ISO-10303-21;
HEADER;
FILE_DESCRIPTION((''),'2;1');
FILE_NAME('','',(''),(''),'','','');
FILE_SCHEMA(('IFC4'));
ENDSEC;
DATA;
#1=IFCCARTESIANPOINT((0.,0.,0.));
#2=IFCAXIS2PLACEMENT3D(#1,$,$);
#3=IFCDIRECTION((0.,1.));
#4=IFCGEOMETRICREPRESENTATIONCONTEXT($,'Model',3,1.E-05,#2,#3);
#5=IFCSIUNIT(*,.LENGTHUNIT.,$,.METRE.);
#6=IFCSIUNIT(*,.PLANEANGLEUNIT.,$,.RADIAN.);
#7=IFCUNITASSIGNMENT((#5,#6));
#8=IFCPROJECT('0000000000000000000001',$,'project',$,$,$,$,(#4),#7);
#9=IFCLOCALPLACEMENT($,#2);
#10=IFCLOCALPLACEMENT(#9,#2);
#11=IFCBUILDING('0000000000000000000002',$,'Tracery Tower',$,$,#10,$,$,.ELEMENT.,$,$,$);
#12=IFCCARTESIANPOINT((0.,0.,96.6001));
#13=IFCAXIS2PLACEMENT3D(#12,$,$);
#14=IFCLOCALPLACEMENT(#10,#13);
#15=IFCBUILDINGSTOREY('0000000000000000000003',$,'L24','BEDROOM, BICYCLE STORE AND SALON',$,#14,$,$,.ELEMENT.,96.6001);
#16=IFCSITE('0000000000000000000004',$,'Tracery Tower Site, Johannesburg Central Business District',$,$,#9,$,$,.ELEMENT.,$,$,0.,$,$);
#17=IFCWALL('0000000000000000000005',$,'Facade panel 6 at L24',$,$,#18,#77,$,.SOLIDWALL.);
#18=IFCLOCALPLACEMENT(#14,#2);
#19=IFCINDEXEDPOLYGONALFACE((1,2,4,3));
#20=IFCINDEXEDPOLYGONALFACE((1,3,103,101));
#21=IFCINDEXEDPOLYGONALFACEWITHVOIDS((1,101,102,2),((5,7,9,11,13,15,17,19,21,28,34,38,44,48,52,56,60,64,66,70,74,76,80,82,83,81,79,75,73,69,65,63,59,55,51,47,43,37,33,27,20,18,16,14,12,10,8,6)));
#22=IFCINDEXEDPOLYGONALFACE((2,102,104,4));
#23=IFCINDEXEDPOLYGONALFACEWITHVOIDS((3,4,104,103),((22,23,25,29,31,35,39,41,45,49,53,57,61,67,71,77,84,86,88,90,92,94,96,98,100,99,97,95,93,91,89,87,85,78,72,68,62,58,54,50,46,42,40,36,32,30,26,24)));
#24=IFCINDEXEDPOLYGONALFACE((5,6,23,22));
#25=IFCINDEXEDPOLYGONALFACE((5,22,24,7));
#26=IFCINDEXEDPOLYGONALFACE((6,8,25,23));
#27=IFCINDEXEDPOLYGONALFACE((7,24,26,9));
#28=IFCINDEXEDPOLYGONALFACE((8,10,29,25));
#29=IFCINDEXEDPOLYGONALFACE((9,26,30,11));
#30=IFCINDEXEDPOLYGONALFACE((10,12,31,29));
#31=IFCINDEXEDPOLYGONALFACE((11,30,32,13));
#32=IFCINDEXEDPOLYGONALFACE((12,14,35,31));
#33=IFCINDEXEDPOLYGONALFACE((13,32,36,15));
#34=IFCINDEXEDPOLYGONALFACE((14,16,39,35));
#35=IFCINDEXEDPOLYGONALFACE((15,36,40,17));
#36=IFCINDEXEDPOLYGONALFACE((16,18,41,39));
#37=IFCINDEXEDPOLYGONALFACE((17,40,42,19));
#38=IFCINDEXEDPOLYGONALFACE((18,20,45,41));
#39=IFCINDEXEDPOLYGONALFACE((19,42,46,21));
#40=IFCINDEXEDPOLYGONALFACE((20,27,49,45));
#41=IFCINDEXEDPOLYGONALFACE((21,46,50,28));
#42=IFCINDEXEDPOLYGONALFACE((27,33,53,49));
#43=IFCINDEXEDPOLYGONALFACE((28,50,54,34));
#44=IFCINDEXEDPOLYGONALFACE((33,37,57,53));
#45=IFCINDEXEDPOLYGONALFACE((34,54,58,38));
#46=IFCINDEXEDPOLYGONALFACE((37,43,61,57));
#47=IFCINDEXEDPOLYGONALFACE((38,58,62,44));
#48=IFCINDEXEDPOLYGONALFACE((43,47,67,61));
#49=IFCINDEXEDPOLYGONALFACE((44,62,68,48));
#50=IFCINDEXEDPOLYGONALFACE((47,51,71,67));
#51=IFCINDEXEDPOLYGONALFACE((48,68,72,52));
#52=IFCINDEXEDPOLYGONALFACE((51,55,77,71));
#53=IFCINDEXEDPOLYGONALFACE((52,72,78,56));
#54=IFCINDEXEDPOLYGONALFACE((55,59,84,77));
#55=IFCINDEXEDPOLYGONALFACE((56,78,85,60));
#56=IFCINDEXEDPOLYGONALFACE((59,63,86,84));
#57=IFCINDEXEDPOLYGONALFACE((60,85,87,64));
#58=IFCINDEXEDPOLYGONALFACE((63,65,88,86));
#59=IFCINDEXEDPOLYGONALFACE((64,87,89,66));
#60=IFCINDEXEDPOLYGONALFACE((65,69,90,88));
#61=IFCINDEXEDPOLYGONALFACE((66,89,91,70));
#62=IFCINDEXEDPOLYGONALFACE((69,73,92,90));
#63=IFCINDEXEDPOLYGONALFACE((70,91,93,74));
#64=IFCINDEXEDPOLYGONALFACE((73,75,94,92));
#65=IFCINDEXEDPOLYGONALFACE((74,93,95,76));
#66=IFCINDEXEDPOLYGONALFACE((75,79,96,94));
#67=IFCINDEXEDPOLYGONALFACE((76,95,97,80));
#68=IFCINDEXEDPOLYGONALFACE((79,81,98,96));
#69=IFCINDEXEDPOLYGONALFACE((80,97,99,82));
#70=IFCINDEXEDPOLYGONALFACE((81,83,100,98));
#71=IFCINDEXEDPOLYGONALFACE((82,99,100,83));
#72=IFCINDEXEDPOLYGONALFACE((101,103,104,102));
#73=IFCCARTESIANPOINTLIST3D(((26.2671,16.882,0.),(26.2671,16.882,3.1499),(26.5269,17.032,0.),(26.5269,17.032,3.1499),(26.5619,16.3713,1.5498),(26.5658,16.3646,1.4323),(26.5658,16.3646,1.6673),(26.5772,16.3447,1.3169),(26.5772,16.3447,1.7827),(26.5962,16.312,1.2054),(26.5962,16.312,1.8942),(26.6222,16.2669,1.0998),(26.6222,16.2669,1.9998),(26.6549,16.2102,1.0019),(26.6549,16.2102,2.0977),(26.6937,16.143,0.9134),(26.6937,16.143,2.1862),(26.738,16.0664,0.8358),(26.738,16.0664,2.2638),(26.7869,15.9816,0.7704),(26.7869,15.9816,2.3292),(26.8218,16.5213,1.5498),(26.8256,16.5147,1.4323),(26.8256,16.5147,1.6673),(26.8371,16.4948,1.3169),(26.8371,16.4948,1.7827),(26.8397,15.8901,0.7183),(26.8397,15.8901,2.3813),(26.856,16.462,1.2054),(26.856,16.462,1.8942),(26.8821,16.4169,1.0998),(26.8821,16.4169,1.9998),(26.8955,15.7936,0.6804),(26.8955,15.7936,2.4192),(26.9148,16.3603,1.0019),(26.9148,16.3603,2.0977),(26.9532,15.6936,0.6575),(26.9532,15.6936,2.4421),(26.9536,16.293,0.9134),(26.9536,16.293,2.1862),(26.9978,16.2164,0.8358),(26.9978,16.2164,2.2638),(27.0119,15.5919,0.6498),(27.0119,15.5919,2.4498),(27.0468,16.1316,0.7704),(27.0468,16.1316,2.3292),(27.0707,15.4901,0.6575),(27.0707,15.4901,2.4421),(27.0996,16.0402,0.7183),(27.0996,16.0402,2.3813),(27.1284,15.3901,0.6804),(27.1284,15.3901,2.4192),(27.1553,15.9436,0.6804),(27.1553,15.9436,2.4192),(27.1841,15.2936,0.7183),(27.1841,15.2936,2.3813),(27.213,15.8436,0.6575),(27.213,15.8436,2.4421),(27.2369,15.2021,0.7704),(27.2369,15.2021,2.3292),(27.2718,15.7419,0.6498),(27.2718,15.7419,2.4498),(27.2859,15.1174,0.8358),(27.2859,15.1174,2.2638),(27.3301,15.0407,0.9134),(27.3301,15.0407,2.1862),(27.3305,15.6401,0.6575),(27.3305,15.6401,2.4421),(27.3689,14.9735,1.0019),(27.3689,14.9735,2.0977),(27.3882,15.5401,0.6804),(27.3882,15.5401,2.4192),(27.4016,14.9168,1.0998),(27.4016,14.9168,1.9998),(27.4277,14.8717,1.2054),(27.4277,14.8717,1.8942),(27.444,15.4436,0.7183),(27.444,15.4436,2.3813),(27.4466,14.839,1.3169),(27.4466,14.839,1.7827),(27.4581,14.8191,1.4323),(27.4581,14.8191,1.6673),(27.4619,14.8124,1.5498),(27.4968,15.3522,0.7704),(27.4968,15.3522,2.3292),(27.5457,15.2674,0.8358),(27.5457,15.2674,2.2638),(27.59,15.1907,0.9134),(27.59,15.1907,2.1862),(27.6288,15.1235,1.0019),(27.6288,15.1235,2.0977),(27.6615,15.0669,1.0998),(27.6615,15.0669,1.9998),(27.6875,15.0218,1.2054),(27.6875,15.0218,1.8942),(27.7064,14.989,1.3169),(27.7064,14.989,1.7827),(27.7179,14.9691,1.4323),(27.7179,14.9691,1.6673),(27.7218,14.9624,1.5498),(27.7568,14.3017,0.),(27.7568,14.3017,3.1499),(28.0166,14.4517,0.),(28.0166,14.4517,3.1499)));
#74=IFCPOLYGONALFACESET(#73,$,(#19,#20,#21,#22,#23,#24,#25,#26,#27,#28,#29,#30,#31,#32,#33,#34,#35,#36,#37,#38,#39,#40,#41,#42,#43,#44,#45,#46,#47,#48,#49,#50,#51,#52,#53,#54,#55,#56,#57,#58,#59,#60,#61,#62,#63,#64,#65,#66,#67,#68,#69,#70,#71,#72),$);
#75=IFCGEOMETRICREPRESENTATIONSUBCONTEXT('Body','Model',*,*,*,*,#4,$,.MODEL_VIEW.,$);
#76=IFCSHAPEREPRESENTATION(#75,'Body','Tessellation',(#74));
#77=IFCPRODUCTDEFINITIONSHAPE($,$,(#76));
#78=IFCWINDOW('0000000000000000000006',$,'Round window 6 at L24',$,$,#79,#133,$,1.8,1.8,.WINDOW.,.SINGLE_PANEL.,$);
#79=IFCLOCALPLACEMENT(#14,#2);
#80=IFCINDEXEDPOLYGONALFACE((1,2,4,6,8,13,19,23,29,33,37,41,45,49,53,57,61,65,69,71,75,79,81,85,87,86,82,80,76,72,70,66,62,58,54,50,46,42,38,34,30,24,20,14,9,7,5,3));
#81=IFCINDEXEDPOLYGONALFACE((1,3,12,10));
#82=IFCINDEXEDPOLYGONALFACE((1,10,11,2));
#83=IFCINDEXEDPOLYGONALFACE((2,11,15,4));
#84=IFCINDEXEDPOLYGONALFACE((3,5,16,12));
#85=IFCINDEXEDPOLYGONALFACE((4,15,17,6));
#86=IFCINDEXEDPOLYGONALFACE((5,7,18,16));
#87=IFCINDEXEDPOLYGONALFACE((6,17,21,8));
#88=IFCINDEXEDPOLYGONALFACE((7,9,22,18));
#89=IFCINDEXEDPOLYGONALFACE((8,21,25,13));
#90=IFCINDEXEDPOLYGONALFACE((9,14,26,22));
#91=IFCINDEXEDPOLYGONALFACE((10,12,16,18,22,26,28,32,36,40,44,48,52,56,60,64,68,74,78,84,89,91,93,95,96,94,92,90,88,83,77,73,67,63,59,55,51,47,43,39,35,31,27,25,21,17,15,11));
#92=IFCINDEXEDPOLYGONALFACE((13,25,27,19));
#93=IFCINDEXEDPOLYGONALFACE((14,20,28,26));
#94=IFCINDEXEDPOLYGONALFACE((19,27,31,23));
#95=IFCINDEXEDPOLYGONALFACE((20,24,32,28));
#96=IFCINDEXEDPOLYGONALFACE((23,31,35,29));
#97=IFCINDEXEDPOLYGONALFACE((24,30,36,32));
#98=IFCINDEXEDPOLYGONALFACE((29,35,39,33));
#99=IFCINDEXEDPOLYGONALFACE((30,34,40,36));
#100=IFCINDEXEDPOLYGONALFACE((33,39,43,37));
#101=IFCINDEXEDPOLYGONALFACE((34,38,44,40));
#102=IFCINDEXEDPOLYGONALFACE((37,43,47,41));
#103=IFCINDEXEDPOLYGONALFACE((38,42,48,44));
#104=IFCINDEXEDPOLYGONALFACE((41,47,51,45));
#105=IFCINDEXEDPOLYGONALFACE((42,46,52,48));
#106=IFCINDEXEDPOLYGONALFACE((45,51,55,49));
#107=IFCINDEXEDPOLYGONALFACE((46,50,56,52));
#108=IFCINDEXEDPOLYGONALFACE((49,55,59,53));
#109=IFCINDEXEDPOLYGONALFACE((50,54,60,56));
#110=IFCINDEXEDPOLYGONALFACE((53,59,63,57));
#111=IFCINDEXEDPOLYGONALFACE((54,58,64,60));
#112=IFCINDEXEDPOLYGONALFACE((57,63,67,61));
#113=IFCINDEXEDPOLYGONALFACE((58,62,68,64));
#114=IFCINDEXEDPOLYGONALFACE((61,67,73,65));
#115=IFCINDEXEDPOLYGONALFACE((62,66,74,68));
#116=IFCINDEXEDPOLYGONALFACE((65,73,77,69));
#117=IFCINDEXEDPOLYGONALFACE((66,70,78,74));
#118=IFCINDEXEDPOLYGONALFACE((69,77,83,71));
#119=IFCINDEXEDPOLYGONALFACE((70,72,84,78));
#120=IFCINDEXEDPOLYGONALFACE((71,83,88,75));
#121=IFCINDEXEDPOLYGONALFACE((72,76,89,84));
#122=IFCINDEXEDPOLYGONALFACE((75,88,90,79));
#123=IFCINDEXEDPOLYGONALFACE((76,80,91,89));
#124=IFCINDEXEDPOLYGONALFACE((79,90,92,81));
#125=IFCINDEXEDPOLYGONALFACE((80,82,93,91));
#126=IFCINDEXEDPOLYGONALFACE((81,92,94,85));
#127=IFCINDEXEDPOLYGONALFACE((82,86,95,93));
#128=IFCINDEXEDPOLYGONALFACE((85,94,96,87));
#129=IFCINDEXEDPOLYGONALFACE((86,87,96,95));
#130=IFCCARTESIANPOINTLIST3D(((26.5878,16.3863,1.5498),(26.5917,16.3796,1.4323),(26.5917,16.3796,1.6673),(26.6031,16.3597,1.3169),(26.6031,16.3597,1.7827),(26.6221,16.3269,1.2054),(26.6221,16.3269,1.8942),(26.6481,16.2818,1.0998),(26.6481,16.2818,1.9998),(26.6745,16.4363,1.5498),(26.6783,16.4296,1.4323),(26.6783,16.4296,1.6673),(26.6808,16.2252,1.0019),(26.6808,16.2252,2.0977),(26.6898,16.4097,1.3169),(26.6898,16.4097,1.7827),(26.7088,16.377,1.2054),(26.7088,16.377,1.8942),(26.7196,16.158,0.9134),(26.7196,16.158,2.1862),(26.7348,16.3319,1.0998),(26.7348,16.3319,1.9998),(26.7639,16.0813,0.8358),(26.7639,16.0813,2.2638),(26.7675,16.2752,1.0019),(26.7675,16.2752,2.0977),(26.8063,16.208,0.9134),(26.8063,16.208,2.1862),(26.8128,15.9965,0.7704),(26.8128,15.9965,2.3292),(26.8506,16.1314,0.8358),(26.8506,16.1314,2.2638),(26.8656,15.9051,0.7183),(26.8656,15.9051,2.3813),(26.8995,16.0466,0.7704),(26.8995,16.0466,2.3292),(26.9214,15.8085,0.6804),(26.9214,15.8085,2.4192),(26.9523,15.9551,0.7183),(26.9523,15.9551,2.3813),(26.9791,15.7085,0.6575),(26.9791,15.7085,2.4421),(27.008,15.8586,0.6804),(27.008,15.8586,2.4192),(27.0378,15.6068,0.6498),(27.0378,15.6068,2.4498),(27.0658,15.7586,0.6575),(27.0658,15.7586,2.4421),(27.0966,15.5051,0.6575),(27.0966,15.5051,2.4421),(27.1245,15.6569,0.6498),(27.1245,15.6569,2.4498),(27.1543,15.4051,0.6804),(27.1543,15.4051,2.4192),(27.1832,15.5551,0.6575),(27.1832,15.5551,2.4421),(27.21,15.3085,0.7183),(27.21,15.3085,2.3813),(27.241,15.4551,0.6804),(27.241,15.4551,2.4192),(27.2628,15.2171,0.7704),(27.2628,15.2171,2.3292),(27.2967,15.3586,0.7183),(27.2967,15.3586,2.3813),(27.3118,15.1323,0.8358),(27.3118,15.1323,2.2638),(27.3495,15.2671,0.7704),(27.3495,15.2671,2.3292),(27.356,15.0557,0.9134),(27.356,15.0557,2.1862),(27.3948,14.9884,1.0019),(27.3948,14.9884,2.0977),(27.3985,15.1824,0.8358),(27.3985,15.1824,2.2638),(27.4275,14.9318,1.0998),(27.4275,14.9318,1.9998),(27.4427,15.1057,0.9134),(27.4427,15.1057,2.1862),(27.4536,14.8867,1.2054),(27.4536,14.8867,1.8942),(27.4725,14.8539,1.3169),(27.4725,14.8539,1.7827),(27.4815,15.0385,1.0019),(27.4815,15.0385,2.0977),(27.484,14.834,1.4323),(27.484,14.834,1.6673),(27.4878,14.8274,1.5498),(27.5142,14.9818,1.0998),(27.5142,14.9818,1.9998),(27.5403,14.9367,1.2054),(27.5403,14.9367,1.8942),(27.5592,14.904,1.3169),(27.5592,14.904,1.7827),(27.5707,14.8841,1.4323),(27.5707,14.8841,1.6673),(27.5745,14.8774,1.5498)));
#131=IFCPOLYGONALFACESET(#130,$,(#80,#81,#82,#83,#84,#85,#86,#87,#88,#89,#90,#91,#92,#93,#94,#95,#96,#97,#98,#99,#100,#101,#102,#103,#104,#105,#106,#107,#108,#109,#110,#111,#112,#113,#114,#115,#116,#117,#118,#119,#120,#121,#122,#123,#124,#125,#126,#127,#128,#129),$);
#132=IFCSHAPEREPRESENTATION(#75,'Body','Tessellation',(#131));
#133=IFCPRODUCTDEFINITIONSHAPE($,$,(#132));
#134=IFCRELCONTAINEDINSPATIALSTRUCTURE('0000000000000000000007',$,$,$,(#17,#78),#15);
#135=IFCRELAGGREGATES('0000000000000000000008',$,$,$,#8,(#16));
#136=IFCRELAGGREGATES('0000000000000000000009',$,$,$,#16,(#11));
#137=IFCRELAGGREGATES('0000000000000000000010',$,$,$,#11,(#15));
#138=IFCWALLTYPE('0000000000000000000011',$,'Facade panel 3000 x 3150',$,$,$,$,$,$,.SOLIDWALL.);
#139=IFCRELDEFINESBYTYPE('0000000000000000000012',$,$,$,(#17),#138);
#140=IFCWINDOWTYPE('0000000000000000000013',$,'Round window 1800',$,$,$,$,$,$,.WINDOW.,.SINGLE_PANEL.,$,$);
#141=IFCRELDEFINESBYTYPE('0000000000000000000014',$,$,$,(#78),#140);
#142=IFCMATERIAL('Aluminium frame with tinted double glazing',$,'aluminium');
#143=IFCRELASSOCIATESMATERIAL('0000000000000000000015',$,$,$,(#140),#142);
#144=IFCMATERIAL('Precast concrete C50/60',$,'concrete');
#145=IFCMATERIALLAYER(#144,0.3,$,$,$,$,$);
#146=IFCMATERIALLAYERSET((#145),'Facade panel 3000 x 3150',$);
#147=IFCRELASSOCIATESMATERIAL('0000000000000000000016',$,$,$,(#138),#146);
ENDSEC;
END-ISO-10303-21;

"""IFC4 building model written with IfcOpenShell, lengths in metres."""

from ifc_helpers import new_model, si_unit, direction, frame, frame_2d, origin, origin_2d, place, context, subcontext, project, spatial, rectangle, circle, extrude, material, layer, layer_set, type_object, element, fill, save


model = new_model("IFC4")

# Units and contexts
model_context = context("Model", 3, precision=1e-05, world=origin(), true_north=direction((0.0, 1.0)))
body_context = subcontext(model_context, "Body", "Model", "MODEL_VIEW")
ifc_project = project(units=[si_unit("LENGTHUNIT", "METRE"), si_unit("PLANEANGLEUNIT", "RADIAN")], contexts=[model_context])

# Site, building, storey
site_placement = place(None, origin())
site = spatial("IfcSite", under=ifc_project, at=site_placement, Name="Tracery Tower Site, Johannesburg Central Business District", CompositionType="ELEMENT", RefElevation=0.0)
building_placement = place(site_placement, origin())
building = spatial("IfcBuilding", under=site, at=building_placement, Name="Tracery Tower", CompositionType="ELEMENT")
storey_placement = place(building_placement, frame((0.0, 0.0, 96.6001)))
storey = spatial("IfcBuildingStorey", under=building, at=storey_placement, Name="L24", Description="BEDROOM, BICYCLE STORE AND SALON", CompositionType="ELEMENT", Elevation=96.6001)

# Wall, opening, window
ifc_material_1 = material(Name="Aluminium frame with tinted double glazing", Category="aluminium")
window_type = type_object("IfcWindowType", Name="Round window 1800", PartitioningType="SINGLE_PANEL", PredefinedType="WINDOW", material=ifc_material_1)
ifc_material_2 = material(Name="Precast concrete C50/60", Category="concrete")
ifc_layer_1 = layer(ifc_material_2, 0.3)
ifc_layer_set_1 = layer_set([ifc_layer_1], Name="Facade panel 3000 x 3150")
wall_type_1 = type_object("IfcWallType", Name="Facade panel 3000 x 3150", PredefinedType="SOLIDWALL", material=ifc_layer_set_1)
wall_1_placement = place(storey_placement, frame((27.8867, 14.3767, 0.0), z_axis=(0.0, 0.0, 1.0), x_axis=(-0.499999, 0.866026, 0.0)))
wall_1 = element("IfcWall", 1, at=wall_1_placement, inside=storey, type_object=wall_type_1, Name="Facade panel 6 at L24", PredefinedType="SOLIDWALL", context=body_context, shape_type="SweptSolid", body=[
    extrude(rectangle(XDim=2.9795, YDim=0.3, at=frame_2d((1.4897, 0.0))), origin(), (0.0, 0.0, 1.0), 3.1499),
])
opening_1_placement = place(wall_1_placement, frame((1.4897, 0.0, 1.5498)))
opening_1 = element("IfcOpeningElement", 2, at=opening_1_placement, cuts=wall_1, PredefinedType="OPENING", context=body_context, shape_type="SweptSolid", body=[
    extrude(circle(Radius=0.9, at=origin_2d()), frame((0.0, 0.1599, 0.0), z_axis=(0.0, -1.0, 0.0), x_axis=(1.0, 0.0, 0.0)), (0.0, 0.0, 1.0), 0.3201),
])
window_1_placement = place(opening_1_placement, origin())
window_1 = element("IfcWindow", 3, at=window_1_placement, inside=storey, type_object=window_type, Name="Round window 6 at L24", OverallHeight=1.8, OverallWidth=1.8, PartitioningType="SINGLE_PANEL", PredefinedType="WINDOW", context=body_context, shape_type="SweptSolid", body=[
    extrude(circle(Radius=0.9, at=origin_2d()), frame((0.0, 0.1201, 0.0), z_axis=(0.0, -1.0, 0.0), x_axis=(1.0, 0.0, 0.0)), (0.0, 0.0, 1.0), 0.1001),
])
fill(opening_1, window_1)

save(model, "model.ifc")
